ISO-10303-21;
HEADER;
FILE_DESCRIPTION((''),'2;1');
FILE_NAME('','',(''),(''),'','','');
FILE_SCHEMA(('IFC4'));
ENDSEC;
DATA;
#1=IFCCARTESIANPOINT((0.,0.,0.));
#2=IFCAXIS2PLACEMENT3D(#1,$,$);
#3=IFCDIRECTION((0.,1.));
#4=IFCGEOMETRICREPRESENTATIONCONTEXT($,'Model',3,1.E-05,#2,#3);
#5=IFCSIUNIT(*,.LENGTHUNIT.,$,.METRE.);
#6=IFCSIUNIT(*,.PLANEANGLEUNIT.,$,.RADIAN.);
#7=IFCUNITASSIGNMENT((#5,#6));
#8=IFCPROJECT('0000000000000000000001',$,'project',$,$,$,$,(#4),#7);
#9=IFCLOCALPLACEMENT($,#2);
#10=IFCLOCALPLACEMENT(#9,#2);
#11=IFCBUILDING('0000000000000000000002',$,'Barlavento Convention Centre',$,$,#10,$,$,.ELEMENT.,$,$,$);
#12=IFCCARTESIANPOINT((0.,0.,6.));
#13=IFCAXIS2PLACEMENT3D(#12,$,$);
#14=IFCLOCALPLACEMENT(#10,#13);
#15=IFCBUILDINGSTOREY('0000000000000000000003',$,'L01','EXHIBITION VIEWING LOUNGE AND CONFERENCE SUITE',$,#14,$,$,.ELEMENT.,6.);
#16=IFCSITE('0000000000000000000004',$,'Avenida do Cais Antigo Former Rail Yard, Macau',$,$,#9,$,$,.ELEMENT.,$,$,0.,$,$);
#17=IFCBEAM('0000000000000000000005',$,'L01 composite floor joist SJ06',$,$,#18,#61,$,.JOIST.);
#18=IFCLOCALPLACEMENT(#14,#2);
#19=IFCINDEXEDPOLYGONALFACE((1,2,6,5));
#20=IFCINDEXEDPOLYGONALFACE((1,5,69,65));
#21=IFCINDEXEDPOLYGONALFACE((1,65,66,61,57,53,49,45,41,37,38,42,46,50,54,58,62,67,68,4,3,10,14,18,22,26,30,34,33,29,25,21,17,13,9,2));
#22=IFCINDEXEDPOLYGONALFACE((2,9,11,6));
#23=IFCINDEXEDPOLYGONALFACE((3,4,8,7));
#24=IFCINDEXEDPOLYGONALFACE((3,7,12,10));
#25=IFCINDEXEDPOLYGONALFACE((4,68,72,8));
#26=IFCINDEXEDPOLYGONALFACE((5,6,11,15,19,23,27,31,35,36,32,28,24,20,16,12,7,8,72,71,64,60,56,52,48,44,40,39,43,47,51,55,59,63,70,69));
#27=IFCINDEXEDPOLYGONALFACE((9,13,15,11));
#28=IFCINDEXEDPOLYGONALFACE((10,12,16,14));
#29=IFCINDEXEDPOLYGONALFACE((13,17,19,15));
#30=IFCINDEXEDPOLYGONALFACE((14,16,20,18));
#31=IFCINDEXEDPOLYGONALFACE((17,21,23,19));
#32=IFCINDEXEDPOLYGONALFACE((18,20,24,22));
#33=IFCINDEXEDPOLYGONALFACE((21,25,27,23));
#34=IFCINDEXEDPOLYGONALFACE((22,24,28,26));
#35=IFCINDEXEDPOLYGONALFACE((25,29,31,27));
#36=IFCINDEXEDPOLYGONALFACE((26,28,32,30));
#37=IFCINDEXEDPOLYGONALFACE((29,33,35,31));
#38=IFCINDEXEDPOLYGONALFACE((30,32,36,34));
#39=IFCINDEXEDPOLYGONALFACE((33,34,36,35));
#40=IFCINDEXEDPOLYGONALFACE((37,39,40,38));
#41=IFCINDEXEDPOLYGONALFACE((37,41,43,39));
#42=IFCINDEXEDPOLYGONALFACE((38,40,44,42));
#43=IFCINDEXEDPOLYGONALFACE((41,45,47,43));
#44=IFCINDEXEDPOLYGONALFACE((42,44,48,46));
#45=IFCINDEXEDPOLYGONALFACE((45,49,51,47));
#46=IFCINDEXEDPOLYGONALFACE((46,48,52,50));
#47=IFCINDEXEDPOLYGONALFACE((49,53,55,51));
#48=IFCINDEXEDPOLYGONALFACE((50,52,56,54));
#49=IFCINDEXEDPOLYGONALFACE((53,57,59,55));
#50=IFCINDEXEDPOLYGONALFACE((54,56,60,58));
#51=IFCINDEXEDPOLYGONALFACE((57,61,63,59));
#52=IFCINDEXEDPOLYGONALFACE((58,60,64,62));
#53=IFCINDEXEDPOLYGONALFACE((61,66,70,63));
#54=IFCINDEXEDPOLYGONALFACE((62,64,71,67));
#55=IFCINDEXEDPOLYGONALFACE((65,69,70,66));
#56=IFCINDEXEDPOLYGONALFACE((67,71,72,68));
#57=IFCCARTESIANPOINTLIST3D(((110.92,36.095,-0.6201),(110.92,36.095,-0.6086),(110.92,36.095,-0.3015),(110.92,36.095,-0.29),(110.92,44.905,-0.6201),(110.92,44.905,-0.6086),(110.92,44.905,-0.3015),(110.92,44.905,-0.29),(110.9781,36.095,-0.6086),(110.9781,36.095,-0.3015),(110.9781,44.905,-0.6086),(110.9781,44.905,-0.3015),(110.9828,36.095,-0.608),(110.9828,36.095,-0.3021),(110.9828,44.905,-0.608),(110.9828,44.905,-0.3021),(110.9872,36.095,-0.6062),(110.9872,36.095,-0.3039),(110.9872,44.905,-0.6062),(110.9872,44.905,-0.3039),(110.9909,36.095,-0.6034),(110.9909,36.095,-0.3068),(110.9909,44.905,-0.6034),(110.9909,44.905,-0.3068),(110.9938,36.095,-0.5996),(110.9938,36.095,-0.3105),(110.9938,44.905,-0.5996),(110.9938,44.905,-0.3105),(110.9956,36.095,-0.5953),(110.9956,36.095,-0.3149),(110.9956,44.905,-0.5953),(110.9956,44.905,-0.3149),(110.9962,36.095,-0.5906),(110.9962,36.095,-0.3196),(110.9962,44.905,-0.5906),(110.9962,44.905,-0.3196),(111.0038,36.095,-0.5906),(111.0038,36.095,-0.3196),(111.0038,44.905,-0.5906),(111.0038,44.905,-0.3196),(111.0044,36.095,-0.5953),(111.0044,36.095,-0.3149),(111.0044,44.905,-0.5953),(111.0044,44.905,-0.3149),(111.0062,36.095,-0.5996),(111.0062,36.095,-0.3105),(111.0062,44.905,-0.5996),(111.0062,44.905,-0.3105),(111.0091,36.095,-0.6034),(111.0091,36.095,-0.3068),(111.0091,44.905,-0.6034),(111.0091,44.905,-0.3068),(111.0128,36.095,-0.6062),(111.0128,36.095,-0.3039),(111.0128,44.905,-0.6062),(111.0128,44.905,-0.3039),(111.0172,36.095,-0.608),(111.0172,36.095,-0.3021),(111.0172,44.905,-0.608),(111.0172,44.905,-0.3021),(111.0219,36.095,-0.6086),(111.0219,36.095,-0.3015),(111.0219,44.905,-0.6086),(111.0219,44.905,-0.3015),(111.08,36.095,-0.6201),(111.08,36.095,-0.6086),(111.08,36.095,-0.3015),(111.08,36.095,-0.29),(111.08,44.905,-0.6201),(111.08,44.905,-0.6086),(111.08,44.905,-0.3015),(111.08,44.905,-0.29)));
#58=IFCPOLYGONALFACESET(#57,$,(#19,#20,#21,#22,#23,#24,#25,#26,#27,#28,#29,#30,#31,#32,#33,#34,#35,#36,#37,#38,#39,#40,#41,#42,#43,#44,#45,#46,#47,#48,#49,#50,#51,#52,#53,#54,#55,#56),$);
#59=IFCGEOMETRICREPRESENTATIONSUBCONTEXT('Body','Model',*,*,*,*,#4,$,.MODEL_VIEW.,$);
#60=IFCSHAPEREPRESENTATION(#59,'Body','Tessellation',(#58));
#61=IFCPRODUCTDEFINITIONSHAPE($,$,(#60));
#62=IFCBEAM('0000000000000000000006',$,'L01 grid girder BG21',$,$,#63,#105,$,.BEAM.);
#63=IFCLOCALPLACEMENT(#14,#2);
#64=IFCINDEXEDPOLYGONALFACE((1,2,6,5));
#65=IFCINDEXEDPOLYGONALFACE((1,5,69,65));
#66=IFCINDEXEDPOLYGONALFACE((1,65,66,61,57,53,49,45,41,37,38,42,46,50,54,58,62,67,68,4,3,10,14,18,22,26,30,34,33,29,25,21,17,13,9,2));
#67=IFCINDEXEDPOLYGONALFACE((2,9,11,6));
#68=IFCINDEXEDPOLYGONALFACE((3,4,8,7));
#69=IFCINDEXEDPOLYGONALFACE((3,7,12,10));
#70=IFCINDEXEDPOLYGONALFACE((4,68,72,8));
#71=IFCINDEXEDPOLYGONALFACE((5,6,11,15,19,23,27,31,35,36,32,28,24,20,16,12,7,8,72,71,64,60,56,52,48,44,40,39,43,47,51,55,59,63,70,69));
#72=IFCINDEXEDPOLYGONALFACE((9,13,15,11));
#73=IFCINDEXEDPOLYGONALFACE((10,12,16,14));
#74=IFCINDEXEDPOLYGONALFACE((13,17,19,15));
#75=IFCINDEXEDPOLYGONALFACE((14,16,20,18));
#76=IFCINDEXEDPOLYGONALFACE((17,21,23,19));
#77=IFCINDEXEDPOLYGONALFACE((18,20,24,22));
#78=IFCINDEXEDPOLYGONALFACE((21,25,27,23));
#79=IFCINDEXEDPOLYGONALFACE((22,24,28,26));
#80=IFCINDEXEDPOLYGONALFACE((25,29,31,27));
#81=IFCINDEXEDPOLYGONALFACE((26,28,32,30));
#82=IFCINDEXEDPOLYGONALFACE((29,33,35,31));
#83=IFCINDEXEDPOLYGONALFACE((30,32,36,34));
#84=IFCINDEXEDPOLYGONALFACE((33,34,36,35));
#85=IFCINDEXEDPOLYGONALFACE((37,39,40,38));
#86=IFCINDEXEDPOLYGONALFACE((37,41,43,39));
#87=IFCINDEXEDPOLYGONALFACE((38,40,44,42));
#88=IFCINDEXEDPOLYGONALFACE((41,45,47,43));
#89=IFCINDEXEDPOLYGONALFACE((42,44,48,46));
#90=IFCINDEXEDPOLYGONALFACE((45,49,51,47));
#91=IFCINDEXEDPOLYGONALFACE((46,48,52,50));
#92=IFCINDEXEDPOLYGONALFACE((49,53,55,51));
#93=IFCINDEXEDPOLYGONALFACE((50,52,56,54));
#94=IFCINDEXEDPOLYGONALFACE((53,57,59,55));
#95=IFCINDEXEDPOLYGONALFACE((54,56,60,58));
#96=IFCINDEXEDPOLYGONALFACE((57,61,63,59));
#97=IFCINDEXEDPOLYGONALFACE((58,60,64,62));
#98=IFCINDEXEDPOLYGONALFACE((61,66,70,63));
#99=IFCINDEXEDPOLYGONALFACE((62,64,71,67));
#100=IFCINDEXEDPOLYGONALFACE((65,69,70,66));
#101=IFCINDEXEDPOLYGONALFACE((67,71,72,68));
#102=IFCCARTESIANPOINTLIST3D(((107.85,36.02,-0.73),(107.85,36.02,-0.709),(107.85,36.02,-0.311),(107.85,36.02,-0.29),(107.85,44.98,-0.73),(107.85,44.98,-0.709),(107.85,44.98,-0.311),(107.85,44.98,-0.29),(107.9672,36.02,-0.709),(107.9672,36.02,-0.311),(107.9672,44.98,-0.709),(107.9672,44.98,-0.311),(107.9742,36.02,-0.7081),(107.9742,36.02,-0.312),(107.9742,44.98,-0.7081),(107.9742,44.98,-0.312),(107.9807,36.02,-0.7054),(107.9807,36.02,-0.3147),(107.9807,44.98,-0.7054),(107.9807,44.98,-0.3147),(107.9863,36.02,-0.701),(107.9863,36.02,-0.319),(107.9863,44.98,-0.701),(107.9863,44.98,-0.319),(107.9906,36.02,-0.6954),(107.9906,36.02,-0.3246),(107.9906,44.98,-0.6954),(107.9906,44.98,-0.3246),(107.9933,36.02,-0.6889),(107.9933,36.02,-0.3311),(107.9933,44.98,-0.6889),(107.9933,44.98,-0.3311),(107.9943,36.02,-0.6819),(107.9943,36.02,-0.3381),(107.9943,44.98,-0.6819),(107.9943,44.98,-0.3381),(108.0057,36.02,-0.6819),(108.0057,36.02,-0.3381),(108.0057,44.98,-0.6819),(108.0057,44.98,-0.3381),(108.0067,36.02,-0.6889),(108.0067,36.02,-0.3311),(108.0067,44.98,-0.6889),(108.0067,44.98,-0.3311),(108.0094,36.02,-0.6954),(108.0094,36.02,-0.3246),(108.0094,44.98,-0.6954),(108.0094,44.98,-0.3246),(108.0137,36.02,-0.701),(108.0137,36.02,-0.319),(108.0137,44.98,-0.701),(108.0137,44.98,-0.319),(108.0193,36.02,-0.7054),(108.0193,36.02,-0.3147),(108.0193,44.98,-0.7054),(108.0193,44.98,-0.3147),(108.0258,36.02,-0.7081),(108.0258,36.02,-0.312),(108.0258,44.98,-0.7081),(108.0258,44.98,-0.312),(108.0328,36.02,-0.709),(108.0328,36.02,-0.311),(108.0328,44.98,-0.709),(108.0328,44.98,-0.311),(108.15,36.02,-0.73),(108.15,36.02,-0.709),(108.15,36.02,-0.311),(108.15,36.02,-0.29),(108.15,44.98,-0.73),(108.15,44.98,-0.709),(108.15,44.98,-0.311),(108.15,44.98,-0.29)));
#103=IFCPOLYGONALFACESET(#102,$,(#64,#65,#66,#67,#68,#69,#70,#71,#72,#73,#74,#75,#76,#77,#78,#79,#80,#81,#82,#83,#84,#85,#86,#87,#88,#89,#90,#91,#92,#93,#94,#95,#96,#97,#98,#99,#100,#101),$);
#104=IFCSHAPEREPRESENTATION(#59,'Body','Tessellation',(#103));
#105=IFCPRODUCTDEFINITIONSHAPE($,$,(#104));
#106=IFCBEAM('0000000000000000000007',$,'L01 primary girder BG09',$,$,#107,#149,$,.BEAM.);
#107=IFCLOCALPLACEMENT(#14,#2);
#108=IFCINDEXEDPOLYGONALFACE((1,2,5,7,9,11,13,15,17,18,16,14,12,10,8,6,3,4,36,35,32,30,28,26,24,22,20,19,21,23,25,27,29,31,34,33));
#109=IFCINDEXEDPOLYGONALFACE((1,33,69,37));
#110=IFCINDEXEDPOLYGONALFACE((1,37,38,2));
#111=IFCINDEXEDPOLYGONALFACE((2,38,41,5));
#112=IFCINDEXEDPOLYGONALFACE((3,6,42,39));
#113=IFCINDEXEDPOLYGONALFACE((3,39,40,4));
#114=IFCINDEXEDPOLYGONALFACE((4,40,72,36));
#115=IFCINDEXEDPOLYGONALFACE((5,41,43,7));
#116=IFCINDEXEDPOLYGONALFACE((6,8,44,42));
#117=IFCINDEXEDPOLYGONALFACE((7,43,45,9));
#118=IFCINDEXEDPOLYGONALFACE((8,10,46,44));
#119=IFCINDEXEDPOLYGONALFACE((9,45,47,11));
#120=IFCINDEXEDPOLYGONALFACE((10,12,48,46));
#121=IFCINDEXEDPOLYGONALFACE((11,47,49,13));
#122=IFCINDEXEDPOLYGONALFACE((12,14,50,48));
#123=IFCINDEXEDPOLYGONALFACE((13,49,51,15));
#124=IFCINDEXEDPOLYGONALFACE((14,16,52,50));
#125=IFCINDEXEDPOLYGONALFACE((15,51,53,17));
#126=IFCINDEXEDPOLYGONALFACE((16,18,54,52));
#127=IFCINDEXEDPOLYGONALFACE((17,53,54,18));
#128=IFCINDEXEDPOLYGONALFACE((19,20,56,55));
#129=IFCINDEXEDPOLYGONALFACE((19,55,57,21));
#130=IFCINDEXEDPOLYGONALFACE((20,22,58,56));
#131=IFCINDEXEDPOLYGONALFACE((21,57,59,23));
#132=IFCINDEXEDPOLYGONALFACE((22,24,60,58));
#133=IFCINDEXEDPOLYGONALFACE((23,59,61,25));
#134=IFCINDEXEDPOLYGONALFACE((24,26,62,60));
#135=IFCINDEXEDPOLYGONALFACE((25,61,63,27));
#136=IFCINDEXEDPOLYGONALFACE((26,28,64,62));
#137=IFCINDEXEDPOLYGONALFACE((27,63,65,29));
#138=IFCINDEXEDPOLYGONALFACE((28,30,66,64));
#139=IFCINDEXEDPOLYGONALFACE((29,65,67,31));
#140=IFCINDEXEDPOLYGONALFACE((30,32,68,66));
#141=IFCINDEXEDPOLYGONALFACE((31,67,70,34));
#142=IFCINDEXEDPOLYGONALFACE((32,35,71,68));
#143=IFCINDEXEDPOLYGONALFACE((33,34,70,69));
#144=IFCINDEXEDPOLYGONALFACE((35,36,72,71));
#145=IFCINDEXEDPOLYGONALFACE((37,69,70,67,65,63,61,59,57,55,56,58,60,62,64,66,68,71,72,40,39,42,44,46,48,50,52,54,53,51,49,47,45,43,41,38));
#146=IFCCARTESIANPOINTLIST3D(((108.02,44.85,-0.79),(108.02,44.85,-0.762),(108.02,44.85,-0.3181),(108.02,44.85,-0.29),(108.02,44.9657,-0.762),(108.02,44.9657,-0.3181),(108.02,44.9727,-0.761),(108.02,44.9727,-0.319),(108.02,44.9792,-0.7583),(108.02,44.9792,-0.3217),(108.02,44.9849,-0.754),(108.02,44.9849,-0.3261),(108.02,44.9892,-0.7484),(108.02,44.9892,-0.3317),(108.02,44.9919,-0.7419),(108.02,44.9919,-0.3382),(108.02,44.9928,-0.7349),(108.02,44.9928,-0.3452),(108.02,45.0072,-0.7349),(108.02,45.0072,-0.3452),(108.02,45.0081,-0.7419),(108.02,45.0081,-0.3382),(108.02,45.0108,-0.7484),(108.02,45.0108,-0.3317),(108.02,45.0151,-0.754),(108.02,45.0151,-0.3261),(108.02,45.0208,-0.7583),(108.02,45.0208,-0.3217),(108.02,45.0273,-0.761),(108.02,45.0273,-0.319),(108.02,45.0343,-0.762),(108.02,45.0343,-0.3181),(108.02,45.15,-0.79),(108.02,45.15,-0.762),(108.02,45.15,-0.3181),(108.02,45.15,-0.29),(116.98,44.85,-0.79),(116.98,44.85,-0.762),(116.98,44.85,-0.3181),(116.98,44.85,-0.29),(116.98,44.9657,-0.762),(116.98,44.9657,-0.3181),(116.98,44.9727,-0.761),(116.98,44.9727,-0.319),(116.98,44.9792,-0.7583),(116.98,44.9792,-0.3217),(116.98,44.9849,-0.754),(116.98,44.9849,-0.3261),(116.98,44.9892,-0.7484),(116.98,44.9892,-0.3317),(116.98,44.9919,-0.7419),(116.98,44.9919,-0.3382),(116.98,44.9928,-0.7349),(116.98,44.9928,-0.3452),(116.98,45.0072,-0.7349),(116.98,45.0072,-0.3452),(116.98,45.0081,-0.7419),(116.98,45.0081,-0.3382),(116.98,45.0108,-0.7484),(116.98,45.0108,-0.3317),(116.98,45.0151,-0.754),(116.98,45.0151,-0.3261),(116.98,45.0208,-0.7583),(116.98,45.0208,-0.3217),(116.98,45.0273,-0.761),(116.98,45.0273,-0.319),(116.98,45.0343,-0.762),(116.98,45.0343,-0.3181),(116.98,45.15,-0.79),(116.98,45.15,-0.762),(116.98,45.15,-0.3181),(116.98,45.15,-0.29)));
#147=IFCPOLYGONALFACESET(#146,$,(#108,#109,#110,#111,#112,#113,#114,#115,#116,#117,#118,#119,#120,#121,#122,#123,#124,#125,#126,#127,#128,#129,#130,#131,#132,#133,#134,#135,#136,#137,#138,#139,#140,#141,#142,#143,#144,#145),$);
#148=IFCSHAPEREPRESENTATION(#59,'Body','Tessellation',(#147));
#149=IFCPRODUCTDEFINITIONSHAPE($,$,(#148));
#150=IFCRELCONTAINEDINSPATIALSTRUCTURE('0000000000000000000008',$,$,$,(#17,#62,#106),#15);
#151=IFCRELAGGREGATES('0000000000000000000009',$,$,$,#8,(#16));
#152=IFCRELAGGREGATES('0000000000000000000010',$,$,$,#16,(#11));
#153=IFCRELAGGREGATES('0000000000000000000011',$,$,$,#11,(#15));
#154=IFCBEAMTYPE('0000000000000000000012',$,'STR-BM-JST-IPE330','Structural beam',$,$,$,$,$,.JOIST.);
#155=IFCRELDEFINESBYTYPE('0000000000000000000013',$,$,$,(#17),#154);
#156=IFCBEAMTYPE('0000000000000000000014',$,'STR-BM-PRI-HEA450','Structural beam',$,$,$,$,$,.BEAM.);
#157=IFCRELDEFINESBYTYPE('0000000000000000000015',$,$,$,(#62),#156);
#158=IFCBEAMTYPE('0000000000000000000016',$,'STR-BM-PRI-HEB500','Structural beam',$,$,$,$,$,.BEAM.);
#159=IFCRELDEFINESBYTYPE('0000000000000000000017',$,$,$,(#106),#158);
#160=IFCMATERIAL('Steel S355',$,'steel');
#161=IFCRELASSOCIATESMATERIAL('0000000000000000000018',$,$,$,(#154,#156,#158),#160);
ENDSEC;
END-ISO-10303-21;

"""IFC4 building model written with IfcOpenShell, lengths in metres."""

from ifc_helpers import new_model, si_unit, direction, frame, origin, origin_2d, place, context, subcontext, project, spatial, i_section, extrude, material, material_profile, profile_set, type_object, element, save


model = new_model("IFC4")

# Units and contexts
model_context = context("Model", 3, precision=1e-05, world=origin(), true_north=direction((0.0, 1.0)))
body_context = subcontext(model_context, "Body", "Model", "MODEL_VIEW")
ifc_project = project(units=[si_unit("LENGTHUNIT", "METRE"), si_unit("PLANEANGLEUNIT", "RADIAN")], contexts=[model_context])

# Site, building, storey
site_placement = place(None, origin())
site = spatial("IfcSite", under=ifc_project, at=site_placement, Name="Avenida do Cais Antigo Former Rail Yard, Macau", CompositionType="ELEMENT", RefElevation=0.0)
building_placement = place(site_placement, origin())
building = spatial("IfcBuilding", under=site, at=building_placement, Name="Barlavento Convention Centre", CompositionType="ELEMENT")
storey_placement = place(building_placement, frame((0.0, 0.0, 6.0)))
storey = spatial("IfcBuildingStorey", under=building, at=storey_placement, Name="L01", Description="EXHIBITION VIEWING LOUNGE AND CONFERENCE SUITE", CompositionType="ELEMENT", Elevation=6.0)

# Shared definitions
ifc_material_1 = material(Name="Steel S355", Category="steel")

# Beams
ifc_material_profile_1 = material_profile(ifc_material_1, i_section(OverallWidth=0.1599, OverallDepth=0.3301, WebThickness=0.0076, FlangeThickness=0.0115, FilletRadius=0.0181, at=origin_2d()), Name="IPE 330")
ifc_profile_set_1 = profile_set([ifc_material_profile_1], Name="Steel S355")
beam_type_1 = type_object("IfcBeamType", Name="STR-BM-JST-IPE330", Description="Structural beam", PredefinedType="JOIST", material=ifc_profile_set_1)
beam_1_placement = place(storey_placement, frame((111.0, 36.095, -0.4551), z_axis=(0.0, 1.0, 0.0), x_axis=(-1.0, 0.0, 0.0)))
element("IfcBeam", 1, at=beam_1_placement, inside=storey, type_object=beam_type_1, Name="L01 composite floor joist SJ06", PredefinedType="JOIST", context=body_context, shape_type="SweptSolid", body=[
    extrude(i_section(OverallWidth=0.1599, OverallDepth=0.3301, WebThickness=0.0076, FlangeThickness=0.0115, FilletRadius=0.0181, at=origin_2d()), origin(), (0.0, 0.0, 1.0), 8.8101),
])
ifc_material_profile_2 = material_profile(ifc_material_1, i_section(OverallWidth=0.3, OverallDepth=0.4399, WebThickness=0.0115, FlangeThickness=0.021, FilletRadius=0.0271, at=origin_2d()), Name="HEA 450")
ifc_profile_set_2 = profile_set([ifc_material_profile_2], Name="Steel S355")
beam_type_2 = type_object("IfcBeamType", Name="STR-BM-PRI-HEA450", Description="Structural beam", PredefinedType="BEAM", material=ifc_profile_set_2)
beam_2_placement = place(storey_placement, frame((108.0, 36.02, -0.51), z_axis=(0.0, 1.0, 0.0), x_axis=(-1.0, 0.0, 0.0)))
element("IfcBeam", 2, at=beam_2_placement, inside=storey, type_object=beam_type_2, Name="L01 grid girder BG21", PredefinedType="BEAM", context=body_context, shape_type="SweptSolid", body=[
    extrude(i_section(OverallWidth=0.3, OverallDepth=0.4399, WebThickness=0.0115, FlangeThickness=0.021, FilletRadius=0.0271, at=origin_2d()), origin(), (0.0, 0.0, 1.0), 8.96),
])
ifc_material_profile_3 = material_profile(ifc_material_1, i_section(OverallWidth=0.3, OverallDepth=0.5, WebThickness=0.0144, FlangeThickness=0.0281, FilletRadius=0.0271, at=origin_2d()), Name="HEB 500")
ifc_profile_set_3 = profile_set([ifc_material_profile_3], Name="Steel S355")
beam_type_3 = type_object("IfcBeamType", Name="STR-BM-PRI-HEB500", Description="Structural beam", PredefinedType="BEAM", material=ifc_profile_set_3)
beam_3_placement = place(storey_placement, frame((108.02, 45.0, -0.54), z_axis=(1.0, 0.0, 0.0), x_axis=(0.0, 1.0, 0.0)))
element("IfcBeam", 3, at=beam_3_placement, inside=storey, type_object=beam_type_3, Name="L01 primary girder BG09", PredefinedType="BEAM", context=body_context, shape_type="SweptSolid", body=[
    extrude(i_section(OverallWidth=0.3, OverallDepth=0.5, WebThickness=0.0144, FlangeThickness=0.0281, FilletRadius=0.0271, at=origin_2d()), origin(), (0.0, 0.0, 1.0), 8.96),
])

save(model, "model.ifc")
